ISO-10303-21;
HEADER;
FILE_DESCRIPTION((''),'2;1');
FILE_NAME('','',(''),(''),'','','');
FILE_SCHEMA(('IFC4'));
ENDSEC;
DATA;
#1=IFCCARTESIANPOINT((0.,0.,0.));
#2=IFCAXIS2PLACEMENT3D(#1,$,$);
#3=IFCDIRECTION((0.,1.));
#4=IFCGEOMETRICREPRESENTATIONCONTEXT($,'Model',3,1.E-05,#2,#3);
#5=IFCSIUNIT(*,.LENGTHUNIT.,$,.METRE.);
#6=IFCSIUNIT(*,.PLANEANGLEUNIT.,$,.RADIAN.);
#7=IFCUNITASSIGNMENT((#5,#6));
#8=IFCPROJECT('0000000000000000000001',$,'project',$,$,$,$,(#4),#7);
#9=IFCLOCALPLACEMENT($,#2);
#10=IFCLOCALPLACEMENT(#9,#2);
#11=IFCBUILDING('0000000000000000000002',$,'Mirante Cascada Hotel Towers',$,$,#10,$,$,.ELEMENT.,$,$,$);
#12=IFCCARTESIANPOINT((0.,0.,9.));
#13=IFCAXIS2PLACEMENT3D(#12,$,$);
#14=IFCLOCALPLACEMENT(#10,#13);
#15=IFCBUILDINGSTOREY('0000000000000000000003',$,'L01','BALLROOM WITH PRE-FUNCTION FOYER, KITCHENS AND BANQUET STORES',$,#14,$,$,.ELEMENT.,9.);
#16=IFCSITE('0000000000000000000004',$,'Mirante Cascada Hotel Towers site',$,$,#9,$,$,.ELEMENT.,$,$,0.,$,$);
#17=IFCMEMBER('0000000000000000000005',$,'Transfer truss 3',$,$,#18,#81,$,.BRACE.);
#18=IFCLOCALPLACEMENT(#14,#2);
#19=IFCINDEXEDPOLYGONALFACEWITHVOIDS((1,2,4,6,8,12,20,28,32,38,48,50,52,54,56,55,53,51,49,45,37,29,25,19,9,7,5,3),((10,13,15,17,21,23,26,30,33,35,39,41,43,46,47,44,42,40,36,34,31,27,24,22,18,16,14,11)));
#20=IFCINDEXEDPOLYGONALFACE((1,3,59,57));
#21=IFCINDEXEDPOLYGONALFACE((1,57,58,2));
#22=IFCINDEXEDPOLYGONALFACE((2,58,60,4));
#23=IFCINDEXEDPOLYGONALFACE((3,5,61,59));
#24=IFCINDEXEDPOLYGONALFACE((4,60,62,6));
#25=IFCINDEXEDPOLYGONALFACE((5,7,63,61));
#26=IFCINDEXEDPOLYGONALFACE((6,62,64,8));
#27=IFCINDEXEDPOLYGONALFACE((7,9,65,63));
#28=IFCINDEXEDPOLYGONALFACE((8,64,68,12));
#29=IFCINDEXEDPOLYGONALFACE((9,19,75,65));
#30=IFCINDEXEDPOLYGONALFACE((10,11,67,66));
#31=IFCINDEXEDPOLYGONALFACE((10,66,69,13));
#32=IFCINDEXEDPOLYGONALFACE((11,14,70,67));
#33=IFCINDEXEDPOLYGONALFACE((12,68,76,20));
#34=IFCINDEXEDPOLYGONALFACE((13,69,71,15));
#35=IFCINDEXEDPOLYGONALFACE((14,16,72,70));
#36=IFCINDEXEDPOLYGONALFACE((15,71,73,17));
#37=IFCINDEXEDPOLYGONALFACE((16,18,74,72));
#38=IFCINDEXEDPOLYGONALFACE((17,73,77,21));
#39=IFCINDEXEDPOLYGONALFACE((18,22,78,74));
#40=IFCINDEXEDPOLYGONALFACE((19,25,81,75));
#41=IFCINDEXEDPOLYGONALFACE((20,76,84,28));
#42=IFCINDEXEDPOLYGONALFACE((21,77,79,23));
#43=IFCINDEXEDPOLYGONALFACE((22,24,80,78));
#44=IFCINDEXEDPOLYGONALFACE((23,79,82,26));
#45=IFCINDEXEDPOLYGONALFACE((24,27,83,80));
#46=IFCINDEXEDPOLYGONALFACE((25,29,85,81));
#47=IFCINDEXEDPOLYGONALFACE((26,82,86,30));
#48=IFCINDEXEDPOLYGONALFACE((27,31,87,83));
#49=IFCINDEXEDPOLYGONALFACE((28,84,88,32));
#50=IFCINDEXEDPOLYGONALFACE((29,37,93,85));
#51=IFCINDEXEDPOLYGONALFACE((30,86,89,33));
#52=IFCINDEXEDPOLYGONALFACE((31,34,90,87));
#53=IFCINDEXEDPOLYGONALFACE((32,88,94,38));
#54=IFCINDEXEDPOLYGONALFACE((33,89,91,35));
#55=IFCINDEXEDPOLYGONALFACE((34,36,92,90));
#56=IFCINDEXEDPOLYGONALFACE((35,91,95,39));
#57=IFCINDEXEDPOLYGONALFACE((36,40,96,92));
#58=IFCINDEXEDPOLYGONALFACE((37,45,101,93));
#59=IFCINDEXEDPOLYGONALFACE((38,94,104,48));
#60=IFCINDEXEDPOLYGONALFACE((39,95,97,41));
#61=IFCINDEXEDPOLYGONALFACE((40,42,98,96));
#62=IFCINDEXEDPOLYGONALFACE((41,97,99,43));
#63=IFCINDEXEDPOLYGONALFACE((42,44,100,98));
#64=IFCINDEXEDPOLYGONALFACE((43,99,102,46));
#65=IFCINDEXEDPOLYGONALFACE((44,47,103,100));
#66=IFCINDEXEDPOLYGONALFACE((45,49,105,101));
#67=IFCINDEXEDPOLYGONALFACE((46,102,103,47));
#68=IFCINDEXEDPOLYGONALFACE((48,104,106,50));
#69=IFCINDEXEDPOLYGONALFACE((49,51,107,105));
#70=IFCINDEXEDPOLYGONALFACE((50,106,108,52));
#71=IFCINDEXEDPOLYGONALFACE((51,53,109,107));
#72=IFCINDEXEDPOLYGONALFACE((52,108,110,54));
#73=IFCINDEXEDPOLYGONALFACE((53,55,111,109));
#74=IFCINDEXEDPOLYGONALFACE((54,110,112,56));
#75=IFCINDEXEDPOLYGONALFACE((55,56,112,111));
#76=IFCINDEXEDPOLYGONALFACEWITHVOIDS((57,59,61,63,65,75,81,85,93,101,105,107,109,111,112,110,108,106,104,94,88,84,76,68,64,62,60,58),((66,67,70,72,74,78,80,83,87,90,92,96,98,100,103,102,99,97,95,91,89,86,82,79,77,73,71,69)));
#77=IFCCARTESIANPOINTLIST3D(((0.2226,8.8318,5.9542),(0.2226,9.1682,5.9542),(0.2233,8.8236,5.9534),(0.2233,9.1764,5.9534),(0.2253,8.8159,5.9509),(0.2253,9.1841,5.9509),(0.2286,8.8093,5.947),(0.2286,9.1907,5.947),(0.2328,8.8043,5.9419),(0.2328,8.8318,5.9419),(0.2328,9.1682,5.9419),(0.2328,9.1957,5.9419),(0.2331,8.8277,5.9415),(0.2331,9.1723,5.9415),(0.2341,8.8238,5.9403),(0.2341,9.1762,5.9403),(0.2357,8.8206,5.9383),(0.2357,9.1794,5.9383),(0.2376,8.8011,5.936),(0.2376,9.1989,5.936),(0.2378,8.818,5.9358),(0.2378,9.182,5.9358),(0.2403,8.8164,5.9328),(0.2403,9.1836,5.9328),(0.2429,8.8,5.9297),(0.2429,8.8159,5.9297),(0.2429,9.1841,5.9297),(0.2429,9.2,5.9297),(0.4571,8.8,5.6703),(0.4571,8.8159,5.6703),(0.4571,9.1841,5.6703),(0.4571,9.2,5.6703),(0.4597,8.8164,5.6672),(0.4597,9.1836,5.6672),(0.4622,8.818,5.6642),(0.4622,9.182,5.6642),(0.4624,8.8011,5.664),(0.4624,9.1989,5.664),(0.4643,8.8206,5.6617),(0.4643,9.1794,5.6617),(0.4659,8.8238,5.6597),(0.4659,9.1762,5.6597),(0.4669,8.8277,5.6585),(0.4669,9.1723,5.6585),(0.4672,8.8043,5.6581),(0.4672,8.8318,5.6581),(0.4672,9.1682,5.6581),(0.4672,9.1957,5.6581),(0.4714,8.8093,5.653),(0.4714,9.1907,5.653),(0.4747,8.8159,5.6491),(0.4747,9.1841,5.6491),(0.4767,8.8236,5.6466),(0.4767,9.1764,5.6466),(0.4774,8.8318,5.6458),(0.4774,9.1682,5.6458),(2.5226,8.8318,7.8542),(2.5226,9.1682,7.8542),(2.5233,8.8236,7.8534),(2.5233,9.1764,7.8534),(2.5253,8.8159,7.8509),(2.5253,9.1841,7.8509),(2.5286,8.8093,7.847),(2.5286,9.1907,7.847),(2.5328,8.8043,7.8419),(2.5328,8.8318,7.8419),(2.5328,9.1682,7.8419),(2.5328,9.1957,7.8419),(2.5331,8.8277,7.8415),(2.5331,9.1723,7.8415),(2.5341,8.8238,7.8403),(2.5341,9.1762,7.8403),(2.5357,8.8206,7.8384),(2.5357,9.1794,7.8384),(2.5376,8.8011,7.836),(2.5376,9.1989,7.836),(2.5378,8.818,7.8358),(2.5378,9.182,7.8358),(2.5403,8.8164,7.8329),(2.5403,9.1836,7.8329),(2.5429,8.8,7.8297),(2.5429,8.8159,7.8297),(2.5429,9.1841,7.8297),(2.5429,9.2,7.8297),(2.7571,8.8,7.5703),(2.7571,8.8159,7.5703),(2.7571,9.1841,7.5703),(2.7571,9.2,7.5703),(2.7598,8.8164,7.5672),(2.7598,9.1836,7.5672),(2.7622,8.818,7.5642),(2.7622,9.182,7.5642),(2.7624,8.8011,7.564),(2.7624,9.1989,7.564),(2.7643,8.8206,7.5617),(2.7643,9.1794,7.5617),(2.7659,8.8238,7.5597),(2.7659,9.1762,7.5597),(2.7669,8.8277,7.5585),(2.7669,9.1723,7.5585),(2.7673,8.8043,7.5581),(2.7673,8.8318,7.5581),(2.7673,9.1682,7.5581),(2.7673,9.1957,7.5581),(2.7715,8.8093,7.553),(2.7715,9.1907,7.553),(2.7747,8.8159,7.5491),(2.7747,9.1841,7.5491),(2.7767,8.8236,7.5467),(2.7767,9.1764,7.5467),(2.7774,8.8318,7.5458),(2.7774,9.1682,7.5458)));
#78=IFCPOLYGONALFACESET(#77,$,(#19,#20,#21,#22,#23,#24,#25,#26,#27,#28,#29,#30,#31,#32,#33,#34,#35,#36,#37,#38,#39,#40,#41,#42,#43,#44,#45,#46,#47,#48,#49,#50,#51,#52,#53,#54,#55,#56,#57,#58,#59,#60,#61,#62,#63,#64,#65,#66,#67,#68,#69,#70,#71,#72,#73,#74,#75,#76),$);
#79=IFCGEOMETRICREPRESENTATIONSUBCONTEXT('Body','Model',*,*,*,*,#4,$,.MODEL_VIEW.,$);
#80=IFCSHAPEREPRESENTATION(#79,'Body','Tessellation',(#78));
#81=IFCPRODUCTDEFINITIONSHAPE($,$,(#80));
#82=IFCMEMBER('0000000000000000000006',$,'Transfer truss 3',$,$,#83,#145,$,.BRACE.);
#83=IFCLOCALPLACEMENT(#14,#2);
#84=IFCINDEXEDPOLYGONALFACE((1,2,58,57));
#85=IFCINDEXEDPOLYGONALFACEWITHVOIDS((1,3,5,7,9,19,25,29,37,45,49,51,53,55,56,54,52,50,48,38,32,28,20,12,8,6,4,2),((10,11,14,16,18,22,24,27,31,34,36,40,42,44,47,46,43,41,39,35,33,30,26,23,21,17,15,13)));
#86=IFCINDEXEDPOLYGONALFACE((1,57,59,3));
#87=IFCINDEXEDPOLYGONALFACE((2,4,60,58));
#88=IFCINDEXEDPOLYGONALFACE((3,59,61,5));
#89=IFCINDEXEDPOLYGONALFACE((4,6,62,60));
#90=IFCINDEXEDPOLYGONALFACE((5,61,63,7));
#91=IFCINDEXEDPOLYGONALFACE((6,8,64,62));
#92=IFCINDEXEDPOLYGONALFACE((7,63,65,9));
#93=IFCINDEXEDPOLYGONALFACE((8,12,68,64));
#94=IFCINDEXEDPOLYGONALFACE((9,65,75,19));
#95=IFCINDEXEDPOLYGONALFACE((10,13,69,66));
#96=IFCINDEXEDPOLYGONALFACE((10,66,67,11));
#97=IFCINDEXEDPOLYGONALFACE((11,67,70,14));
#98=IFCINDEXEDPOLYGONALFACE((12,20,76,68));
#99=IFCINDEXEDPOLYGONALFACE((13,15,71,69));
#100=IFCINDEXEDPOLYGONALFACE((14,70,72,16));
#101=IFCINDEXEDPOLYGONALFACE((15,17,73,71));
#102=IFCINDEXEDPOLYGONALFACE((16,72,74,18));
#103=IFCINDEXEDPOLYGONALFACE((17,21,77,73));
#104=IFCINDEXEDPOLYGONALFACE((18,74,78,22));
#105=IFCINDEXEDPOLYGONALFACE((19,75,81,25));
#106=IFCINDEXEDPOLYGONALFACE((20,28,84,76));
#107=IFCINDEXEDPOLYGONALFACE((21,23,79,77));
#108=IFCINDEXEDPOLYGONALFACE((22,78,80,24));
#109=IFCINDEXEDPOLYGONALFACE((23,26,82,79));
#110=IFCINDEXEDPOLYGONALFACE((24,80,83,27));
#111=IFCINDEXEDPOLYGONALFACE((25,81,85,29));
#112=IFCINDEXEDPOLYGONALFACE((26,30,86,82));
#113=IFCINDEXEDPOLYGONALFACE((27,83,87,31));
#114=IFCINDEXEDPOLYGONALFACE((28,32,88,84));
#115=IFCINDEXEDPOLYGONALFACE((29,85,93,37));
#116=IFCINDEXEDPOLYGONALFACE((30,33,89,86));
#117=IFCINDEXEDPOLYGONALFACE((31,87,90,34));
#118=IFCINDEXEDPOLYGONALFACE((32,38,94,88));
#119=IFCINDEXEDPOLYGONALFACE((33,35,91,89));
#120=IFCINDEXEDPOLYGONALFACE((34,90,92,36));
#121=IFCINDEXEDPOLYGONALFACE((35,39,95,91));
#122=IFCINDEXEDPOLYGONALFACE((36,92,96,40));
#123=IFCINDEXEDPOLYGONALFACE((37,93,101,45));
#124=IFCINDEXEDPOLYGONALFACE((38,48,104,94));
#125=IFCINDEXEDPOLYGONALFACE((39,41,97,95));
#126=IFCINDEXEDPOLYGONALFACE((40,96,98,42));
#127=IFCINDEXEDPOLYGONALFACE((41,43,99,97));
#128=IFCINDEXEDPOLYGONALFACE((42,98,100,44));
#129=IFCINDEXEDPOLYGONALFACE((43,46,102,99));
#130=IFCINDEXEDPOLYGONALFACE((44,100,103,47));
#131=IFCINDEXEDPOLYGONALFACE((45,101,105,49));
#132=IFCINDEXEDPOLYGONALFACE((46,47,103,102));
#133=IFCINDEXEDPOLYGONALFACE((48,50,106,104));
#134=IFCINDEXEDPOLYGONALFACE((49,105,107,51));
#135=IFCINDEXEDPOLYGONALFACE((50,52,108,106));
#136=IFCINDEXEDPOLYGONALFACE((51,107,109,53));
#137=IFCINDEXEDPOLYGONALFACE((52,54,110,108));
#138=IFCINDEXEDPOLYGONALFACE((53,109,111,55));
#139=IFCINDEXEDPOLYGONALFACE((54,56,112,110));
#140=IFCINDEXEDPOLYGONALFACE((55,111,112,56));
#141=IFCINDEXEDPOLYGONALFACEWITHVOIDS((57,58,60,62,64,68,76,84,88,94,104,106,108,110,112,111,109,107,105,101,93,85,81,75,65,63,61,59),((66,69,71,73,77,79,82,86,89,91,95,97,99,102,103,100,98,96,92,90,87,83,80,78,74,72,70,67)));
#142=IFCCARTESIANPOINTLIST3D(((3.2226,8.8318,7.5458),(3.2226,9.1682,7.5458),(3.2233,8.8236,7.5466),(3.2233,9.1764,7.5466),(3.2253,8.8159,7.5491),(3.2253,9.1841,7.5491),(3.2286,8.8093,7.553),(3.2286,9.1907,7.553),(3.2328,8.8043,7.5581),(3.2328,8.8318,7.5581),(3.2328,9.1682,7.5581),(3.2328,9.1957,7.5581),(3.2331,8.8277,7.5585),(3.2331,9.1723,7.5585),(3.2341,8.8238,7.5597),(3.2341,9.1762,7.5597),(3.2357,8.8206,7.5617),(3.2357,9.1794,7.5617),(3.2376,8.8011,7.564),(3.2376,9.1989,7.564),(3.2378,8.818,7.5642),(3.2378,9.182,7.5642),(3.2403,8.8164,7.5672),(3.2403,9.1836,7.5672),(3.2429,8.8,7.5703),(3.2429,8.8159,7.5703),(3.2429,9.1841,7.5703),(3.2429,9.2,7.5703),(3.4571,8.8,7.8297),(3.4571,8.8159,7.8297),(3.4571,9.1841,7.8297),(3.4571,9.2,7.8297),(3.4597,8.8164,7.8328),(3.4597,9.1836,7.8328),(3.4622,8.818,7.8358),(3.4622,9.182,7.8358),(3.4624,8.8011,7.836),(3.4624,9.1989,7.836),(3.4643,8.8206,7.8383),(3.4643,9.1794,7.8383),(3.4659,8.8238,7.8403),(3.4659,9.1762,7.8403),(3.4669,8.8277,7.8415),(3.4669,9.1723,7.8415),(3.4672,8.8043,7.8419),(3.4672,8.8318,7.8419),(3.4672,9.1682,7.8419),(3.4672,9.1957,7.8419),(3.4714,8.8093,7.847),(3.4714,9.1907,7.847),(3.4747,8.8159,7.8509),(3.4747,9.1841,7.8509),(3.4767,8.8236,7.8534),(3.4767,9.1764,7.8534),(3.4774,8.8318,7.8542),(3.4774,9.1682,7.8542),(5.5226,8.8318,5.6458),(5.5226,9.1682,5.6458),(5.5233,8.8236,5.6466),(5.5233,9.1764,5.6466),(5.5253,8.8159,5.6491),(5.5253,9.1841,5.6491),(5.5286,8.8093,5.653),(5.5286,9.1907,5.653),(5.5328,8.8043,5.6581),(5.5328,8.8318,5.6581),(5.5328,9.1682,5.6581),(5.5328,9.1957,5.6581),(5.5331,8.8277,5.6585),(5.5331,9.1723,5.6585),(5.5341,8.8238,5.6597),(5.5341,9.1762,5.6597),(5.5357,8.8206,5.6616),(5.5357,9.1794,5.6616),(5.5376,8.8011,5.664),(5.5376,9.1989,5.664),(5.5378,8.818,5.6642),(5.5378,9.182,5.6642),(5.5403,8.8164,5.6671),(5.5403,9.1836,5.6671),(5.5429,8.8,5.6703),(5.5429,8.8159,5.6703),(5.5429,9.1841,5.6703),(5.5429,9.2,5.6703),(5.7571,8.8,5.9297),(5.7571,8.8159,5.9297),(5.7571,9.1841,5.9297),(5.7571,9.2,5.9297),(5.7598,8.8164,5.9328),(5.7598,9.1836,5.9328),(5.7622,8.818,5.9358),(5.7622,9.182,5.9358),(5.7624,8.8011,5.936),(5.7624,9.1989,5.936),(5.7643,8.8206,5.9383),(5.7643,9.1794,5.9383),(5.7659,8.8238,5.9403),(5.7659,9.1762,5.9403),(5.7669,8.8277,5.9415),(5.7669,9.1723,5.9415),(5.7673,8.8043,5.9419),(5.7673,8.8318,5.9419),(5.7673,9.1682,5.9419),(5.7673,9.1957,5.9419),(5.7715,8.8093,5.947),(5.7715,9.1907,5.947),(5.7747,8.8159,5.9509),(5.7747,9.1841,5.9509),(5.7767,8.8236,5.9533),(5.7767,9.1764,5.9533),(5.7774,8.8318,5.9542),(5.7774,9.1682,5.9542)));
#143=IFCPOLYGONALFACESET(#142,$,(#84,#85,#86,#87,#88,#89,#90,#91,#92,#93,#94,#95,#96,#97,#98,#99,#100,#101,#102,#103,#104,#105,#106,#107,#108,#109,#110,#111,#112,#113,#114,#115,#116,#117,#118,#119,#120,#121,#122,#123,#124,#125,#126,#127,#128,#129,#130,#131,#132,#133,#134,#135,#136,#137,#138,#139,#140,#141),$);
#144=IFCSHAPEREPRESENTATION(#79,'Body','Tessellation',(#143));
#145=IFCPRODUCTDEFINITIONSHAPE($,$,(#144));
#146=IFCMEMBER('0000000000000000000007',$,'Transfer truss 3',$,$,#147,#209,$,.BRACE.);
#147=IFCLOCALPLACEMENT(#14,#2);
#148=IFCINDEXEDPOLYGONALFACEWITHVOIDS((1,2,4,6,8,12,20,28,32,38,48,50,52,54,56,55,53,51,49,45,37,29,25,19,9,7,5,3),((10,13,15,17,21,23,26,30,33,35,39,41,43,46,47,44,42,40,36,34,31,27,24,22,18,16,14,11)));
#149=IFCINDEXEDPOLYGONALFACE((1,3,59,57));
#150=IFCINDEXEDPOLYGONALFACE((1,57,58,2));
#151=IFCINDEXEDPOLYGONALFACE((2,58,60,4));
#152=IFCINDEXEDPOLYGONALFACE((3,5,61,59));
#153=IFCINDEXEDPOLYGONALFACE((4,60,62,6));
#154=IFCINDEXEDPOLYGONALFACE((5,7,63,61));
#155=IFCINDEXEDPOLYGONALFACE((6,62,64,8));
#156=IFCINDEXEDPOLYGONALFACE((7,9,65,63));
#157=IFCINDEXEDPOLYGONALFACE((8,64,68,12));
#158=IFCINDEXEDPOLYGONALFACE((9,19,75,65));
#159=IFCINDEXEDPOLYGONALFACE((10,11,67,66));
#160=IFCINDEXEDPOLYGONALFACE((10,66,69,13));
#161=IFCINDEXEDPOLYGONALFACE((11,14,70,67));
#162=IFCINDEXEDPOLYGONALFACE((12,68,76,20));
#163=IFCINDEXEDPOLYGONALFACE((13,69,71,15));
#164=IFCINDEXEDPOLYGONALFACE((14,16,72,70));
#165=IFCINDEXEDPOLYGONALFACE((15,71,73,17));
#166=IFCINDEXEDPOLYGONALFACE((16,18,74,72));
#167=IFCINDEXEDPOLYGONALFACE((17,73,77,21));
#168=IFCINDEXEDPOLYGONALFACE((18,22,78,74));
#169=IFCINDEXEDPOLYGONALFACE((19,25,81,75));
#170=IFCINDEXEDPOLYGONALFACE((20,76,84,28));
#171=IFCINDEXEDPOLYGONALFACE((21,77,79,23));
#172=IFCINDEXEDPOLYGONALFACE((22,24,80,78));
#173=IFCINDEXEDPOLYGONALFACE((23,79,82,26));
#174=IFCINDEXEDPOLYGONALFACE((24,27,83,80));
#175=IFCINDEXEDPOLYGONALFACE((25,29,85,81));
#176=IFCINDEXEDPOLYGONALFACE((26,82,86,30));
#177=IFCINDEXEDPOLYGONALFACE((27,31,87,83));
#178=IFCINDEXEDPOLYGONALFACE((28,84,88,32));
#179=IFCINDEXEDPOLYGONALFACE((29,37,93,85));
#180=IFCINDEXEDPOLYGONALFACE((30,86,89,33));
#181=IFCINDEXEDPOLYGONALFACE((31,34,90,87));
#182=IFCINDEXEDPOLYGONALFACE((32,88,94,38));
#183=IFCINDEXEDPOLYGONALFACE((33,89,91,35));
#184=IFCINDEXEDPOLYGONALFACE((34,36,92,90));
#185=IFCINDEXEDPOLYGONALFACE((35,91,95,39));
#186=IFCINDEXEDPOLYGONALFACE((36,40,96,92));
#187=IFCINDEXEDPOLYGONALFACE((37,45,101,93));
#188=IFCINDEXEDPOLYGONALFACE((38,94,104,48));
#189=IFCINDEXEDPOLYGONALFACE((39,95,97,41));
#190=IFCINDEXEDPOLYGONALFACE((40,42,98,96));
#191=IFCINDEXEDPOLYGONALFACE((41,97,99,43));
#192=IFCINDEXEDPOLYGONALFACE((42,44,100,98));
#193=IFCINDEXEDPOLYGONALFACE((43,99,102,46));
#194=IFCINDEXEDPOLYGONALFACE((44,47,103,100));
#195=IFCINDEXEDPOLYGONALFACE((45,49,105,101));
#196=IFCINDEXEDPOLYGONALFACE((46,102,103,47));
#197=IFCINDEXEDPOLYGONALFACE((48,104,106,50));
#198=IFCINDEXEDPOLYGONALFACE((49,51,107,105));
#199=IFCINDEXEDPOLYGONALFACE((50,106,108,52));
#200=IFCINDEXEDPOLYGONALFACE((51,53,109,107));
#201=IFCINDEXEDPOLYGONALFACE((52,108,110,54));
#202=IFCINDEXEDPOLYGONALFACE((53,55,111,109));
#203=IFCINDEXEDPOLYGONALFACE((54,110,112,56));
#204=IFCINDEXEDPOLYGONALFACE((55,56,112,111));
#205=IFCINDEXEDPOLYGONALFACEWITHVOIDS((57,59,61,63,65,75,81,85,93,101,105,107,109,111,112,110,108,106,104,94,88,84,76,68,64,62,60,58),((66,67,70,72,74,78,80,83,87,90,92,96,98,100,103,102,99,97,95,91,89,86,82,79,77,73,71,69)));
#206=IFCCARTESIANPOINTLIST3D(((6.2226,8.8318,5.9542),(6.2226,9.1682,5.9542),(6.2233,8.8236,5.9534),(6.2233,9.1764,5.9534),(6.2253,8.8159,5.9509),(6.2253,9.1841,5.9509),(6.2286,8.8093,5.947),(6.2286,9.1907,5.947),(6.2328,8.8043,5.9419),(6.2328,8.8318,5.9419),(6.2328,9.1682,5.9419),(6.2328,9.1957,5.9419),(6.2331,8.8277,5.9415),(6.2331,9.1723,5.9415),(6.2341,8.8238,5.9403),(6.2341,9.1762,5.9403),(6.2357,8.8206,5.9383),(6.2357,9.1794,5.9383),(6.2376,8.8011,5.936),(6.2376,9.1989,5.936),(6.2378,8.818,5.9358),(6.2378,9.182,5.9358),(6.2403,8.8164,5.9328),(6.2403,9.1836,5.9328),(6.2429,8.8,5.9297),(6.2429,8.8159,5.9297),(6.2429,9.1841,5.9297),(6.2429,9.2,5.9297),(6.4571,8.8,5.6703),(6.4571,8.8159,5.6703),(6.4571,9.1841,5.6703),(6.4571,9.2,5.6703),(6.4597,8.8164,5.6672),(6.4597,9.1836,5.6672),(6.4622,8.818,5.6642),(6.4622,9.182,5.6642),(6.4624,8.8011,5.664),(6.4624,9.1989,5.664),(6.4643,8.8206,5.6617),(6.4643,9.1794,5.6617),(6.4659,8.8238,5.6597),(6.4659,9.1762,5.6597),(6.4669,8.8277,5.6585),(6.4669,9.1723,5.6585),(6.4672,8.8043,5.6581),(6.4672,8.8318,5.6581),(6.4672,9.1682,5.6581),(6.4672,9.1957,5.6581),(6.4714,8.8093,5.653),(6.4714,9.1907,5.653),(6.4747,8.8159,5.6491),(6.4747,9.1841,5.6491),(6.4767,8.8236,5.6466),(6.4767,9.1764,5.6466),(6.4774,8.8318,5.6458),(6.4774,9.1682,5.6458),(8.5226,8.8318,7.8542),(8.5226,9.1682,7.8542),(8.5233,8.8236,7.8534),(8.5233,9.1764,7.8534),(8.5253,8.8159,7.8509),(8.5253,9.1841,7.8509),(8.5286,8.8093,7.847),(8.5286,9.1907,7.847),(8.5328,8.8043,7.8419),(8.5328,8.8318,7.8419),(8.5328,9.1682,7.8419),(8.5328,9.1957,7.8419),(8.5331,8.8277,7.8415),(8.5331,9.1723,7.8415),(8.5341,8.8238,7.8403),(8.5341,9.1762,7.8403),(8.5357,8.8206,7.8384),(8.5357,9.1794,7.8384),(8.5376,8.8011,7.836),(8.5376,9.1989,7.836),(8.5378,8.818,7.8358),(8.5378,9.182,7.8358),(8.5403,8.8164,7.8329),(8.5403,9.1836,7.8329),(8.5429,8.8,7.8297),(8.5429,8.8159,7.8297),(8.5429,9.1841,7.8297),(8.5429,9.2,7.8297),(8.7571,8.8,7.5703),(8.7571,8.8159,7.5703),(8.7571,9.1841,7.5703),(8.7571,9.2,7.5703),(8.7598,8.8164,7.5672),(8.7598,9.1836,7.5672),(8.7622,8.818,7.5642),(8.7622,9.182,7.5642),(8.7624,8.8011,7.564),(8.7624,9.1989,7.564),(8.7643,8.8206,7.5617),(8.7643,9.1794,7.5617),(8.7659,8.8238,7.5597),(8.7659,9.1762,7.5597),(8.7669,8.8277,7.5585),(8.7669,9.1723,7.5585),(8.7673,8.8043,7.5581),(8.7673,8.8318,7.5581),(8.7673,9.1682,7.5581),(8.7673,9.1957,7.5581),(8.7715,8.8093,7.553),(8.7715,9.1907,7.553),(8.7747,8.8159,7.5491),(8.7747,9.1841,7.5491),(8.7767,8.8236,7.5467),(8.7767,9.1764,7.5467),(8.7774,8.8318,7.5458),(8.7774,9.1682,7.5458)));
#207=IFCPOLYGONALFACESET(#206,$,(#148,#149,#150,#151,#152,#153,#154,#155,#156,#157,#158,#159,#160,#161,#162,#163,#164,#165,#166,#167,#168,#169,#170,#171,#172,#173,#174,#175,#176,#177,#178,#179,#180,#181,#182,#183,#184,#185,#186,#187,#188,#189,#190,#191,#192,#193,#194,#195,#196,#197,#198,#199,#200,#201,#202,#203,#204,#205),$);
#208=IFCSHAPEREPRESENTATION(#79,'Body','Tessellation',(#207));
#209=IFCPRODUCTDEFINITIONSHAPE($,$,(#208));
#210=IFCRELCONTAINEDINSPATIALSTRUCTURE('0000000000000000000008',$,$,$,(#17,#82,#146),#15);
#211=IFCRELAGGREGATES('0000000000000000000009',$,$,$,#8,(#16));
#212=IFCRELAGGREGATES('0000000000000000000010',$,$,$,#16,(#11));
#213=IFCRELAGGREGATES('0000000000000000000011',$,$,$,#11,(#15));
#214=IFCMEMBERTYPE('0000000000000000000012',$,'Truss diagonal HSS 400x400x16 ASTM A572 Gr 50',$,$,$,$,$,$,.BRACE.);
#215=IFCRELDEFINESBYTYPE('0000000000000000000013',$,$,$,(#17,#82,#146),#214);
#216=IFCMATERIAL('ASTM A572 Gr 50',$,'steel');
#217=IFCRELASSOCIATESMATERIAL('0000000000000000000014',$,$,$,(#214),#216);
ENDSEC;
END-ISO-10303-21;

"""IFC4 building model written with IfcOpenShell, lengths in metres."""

from ifc_helpers import new_model, si_unit, direction, frame, origin, origin_2d, place, context, subcontext, project, spatial, hollow_rectangle, extrude, material, material_profile, profile_set, type_object, element, save


model = new_model("IFC4")

# Units and contexts
model_context = context("Model", 3, precision=1e-05, world=origin(), true_north=direction((0.0, 1.0)))
body_context = subcontext(model_context, "Body", "Model", "MODEL_VIEW")
ifc_project = project(units=[si_unit("LENGTHUNIT", "METRE"), si_unit("PLANEANGLEUNIT", "RADIAN")], contexts=[model_context])

# Site, building, storey
site_placement = place(None, origin())
site = spatial("IfcSite", under=ifc_project, at=site_placement, Name="Mirante Cascada Hotel Towers site", CompositionType="ELEMENT", RefElevation=0.0)
building_placement = place(site_placement, origin())
building = spatial("IfcBuilding", under=site, at=building_placement, Name="Mirante Cascada Hotel Towers", CompositionType="ELEMENT")
storey_placement = place(building_placement, frame((0.0, 0.0, 9.0)))
storey = spatial("IfcBuildingStorey", under=building, at=storey_placement, Name="L01", Description="BALLROOM WITH PRE-FUNCTION FOYER, KITCHENS AND BANQUET STORES", CompositionType="ELEMENT", Elevation=9.0)

# Members
ifc_material_1 = material(Name="ASTM A572 Gr 50", Category="steel")
ifc_material_profile_1 = material_profile(ifc_material_1, hollow_rectangle(XDim=0.4, YDim=0.4, WallThickness=0.0159, InnerFilletRadius=0.0159, OuterFilletRadius=0.0318, at=origin_2d()), Name="HSS 400x400x16")
ifc_profile_set_1 = profile_set([ifc_material_profile_1], Name="ASTM A572 Gr 50")
member_type_1 = type_object("IfcMemberType", Name="Truss diagonal HSS 400x400x16 ASTM A572 Gr 50", PredefinedType="BRACE", material=ifc_profile_set_1)
for number, where, z_axis, x_axis, name in (
    (1, (0.35, 9.0, 5.8), (0.770962, 0.0, 0.636881), (0.0, 1.0, 0.0), "Transfer truss 3"),
    (2, (3.35, 9.0, 7.7), (0.770962, 0.0, -0.636881), (0.0, 1.0, 0.0), "Transfer truss 3"),
    (3, (6.35, 9.0, 5.8), (0.770962, 0.0, 0.636881), (0.0, 1.0, 0.0), "Transfer truss 3"),
):
    element("IfcMember", number, at=place(storey_placement, frame(where, z_axis=z_axis, x_axis=x_axis)), inside=storey, type_object=member_type_1, Name=name, PredefinedType="BRACE", context=body_context, shape_type="SweptSolid", body=[
        extrude(hollow_rectangle(XDim=0.4, YDim=0.4, WallThickness=0.0159, InnerFilletRadius=0.0159, OuterFilletRadius=0.0318, at=origin_2d()), origin(), (0.0, 0.0, 1.0), 2.9833),
    ])

save(model, "model.ifc")
